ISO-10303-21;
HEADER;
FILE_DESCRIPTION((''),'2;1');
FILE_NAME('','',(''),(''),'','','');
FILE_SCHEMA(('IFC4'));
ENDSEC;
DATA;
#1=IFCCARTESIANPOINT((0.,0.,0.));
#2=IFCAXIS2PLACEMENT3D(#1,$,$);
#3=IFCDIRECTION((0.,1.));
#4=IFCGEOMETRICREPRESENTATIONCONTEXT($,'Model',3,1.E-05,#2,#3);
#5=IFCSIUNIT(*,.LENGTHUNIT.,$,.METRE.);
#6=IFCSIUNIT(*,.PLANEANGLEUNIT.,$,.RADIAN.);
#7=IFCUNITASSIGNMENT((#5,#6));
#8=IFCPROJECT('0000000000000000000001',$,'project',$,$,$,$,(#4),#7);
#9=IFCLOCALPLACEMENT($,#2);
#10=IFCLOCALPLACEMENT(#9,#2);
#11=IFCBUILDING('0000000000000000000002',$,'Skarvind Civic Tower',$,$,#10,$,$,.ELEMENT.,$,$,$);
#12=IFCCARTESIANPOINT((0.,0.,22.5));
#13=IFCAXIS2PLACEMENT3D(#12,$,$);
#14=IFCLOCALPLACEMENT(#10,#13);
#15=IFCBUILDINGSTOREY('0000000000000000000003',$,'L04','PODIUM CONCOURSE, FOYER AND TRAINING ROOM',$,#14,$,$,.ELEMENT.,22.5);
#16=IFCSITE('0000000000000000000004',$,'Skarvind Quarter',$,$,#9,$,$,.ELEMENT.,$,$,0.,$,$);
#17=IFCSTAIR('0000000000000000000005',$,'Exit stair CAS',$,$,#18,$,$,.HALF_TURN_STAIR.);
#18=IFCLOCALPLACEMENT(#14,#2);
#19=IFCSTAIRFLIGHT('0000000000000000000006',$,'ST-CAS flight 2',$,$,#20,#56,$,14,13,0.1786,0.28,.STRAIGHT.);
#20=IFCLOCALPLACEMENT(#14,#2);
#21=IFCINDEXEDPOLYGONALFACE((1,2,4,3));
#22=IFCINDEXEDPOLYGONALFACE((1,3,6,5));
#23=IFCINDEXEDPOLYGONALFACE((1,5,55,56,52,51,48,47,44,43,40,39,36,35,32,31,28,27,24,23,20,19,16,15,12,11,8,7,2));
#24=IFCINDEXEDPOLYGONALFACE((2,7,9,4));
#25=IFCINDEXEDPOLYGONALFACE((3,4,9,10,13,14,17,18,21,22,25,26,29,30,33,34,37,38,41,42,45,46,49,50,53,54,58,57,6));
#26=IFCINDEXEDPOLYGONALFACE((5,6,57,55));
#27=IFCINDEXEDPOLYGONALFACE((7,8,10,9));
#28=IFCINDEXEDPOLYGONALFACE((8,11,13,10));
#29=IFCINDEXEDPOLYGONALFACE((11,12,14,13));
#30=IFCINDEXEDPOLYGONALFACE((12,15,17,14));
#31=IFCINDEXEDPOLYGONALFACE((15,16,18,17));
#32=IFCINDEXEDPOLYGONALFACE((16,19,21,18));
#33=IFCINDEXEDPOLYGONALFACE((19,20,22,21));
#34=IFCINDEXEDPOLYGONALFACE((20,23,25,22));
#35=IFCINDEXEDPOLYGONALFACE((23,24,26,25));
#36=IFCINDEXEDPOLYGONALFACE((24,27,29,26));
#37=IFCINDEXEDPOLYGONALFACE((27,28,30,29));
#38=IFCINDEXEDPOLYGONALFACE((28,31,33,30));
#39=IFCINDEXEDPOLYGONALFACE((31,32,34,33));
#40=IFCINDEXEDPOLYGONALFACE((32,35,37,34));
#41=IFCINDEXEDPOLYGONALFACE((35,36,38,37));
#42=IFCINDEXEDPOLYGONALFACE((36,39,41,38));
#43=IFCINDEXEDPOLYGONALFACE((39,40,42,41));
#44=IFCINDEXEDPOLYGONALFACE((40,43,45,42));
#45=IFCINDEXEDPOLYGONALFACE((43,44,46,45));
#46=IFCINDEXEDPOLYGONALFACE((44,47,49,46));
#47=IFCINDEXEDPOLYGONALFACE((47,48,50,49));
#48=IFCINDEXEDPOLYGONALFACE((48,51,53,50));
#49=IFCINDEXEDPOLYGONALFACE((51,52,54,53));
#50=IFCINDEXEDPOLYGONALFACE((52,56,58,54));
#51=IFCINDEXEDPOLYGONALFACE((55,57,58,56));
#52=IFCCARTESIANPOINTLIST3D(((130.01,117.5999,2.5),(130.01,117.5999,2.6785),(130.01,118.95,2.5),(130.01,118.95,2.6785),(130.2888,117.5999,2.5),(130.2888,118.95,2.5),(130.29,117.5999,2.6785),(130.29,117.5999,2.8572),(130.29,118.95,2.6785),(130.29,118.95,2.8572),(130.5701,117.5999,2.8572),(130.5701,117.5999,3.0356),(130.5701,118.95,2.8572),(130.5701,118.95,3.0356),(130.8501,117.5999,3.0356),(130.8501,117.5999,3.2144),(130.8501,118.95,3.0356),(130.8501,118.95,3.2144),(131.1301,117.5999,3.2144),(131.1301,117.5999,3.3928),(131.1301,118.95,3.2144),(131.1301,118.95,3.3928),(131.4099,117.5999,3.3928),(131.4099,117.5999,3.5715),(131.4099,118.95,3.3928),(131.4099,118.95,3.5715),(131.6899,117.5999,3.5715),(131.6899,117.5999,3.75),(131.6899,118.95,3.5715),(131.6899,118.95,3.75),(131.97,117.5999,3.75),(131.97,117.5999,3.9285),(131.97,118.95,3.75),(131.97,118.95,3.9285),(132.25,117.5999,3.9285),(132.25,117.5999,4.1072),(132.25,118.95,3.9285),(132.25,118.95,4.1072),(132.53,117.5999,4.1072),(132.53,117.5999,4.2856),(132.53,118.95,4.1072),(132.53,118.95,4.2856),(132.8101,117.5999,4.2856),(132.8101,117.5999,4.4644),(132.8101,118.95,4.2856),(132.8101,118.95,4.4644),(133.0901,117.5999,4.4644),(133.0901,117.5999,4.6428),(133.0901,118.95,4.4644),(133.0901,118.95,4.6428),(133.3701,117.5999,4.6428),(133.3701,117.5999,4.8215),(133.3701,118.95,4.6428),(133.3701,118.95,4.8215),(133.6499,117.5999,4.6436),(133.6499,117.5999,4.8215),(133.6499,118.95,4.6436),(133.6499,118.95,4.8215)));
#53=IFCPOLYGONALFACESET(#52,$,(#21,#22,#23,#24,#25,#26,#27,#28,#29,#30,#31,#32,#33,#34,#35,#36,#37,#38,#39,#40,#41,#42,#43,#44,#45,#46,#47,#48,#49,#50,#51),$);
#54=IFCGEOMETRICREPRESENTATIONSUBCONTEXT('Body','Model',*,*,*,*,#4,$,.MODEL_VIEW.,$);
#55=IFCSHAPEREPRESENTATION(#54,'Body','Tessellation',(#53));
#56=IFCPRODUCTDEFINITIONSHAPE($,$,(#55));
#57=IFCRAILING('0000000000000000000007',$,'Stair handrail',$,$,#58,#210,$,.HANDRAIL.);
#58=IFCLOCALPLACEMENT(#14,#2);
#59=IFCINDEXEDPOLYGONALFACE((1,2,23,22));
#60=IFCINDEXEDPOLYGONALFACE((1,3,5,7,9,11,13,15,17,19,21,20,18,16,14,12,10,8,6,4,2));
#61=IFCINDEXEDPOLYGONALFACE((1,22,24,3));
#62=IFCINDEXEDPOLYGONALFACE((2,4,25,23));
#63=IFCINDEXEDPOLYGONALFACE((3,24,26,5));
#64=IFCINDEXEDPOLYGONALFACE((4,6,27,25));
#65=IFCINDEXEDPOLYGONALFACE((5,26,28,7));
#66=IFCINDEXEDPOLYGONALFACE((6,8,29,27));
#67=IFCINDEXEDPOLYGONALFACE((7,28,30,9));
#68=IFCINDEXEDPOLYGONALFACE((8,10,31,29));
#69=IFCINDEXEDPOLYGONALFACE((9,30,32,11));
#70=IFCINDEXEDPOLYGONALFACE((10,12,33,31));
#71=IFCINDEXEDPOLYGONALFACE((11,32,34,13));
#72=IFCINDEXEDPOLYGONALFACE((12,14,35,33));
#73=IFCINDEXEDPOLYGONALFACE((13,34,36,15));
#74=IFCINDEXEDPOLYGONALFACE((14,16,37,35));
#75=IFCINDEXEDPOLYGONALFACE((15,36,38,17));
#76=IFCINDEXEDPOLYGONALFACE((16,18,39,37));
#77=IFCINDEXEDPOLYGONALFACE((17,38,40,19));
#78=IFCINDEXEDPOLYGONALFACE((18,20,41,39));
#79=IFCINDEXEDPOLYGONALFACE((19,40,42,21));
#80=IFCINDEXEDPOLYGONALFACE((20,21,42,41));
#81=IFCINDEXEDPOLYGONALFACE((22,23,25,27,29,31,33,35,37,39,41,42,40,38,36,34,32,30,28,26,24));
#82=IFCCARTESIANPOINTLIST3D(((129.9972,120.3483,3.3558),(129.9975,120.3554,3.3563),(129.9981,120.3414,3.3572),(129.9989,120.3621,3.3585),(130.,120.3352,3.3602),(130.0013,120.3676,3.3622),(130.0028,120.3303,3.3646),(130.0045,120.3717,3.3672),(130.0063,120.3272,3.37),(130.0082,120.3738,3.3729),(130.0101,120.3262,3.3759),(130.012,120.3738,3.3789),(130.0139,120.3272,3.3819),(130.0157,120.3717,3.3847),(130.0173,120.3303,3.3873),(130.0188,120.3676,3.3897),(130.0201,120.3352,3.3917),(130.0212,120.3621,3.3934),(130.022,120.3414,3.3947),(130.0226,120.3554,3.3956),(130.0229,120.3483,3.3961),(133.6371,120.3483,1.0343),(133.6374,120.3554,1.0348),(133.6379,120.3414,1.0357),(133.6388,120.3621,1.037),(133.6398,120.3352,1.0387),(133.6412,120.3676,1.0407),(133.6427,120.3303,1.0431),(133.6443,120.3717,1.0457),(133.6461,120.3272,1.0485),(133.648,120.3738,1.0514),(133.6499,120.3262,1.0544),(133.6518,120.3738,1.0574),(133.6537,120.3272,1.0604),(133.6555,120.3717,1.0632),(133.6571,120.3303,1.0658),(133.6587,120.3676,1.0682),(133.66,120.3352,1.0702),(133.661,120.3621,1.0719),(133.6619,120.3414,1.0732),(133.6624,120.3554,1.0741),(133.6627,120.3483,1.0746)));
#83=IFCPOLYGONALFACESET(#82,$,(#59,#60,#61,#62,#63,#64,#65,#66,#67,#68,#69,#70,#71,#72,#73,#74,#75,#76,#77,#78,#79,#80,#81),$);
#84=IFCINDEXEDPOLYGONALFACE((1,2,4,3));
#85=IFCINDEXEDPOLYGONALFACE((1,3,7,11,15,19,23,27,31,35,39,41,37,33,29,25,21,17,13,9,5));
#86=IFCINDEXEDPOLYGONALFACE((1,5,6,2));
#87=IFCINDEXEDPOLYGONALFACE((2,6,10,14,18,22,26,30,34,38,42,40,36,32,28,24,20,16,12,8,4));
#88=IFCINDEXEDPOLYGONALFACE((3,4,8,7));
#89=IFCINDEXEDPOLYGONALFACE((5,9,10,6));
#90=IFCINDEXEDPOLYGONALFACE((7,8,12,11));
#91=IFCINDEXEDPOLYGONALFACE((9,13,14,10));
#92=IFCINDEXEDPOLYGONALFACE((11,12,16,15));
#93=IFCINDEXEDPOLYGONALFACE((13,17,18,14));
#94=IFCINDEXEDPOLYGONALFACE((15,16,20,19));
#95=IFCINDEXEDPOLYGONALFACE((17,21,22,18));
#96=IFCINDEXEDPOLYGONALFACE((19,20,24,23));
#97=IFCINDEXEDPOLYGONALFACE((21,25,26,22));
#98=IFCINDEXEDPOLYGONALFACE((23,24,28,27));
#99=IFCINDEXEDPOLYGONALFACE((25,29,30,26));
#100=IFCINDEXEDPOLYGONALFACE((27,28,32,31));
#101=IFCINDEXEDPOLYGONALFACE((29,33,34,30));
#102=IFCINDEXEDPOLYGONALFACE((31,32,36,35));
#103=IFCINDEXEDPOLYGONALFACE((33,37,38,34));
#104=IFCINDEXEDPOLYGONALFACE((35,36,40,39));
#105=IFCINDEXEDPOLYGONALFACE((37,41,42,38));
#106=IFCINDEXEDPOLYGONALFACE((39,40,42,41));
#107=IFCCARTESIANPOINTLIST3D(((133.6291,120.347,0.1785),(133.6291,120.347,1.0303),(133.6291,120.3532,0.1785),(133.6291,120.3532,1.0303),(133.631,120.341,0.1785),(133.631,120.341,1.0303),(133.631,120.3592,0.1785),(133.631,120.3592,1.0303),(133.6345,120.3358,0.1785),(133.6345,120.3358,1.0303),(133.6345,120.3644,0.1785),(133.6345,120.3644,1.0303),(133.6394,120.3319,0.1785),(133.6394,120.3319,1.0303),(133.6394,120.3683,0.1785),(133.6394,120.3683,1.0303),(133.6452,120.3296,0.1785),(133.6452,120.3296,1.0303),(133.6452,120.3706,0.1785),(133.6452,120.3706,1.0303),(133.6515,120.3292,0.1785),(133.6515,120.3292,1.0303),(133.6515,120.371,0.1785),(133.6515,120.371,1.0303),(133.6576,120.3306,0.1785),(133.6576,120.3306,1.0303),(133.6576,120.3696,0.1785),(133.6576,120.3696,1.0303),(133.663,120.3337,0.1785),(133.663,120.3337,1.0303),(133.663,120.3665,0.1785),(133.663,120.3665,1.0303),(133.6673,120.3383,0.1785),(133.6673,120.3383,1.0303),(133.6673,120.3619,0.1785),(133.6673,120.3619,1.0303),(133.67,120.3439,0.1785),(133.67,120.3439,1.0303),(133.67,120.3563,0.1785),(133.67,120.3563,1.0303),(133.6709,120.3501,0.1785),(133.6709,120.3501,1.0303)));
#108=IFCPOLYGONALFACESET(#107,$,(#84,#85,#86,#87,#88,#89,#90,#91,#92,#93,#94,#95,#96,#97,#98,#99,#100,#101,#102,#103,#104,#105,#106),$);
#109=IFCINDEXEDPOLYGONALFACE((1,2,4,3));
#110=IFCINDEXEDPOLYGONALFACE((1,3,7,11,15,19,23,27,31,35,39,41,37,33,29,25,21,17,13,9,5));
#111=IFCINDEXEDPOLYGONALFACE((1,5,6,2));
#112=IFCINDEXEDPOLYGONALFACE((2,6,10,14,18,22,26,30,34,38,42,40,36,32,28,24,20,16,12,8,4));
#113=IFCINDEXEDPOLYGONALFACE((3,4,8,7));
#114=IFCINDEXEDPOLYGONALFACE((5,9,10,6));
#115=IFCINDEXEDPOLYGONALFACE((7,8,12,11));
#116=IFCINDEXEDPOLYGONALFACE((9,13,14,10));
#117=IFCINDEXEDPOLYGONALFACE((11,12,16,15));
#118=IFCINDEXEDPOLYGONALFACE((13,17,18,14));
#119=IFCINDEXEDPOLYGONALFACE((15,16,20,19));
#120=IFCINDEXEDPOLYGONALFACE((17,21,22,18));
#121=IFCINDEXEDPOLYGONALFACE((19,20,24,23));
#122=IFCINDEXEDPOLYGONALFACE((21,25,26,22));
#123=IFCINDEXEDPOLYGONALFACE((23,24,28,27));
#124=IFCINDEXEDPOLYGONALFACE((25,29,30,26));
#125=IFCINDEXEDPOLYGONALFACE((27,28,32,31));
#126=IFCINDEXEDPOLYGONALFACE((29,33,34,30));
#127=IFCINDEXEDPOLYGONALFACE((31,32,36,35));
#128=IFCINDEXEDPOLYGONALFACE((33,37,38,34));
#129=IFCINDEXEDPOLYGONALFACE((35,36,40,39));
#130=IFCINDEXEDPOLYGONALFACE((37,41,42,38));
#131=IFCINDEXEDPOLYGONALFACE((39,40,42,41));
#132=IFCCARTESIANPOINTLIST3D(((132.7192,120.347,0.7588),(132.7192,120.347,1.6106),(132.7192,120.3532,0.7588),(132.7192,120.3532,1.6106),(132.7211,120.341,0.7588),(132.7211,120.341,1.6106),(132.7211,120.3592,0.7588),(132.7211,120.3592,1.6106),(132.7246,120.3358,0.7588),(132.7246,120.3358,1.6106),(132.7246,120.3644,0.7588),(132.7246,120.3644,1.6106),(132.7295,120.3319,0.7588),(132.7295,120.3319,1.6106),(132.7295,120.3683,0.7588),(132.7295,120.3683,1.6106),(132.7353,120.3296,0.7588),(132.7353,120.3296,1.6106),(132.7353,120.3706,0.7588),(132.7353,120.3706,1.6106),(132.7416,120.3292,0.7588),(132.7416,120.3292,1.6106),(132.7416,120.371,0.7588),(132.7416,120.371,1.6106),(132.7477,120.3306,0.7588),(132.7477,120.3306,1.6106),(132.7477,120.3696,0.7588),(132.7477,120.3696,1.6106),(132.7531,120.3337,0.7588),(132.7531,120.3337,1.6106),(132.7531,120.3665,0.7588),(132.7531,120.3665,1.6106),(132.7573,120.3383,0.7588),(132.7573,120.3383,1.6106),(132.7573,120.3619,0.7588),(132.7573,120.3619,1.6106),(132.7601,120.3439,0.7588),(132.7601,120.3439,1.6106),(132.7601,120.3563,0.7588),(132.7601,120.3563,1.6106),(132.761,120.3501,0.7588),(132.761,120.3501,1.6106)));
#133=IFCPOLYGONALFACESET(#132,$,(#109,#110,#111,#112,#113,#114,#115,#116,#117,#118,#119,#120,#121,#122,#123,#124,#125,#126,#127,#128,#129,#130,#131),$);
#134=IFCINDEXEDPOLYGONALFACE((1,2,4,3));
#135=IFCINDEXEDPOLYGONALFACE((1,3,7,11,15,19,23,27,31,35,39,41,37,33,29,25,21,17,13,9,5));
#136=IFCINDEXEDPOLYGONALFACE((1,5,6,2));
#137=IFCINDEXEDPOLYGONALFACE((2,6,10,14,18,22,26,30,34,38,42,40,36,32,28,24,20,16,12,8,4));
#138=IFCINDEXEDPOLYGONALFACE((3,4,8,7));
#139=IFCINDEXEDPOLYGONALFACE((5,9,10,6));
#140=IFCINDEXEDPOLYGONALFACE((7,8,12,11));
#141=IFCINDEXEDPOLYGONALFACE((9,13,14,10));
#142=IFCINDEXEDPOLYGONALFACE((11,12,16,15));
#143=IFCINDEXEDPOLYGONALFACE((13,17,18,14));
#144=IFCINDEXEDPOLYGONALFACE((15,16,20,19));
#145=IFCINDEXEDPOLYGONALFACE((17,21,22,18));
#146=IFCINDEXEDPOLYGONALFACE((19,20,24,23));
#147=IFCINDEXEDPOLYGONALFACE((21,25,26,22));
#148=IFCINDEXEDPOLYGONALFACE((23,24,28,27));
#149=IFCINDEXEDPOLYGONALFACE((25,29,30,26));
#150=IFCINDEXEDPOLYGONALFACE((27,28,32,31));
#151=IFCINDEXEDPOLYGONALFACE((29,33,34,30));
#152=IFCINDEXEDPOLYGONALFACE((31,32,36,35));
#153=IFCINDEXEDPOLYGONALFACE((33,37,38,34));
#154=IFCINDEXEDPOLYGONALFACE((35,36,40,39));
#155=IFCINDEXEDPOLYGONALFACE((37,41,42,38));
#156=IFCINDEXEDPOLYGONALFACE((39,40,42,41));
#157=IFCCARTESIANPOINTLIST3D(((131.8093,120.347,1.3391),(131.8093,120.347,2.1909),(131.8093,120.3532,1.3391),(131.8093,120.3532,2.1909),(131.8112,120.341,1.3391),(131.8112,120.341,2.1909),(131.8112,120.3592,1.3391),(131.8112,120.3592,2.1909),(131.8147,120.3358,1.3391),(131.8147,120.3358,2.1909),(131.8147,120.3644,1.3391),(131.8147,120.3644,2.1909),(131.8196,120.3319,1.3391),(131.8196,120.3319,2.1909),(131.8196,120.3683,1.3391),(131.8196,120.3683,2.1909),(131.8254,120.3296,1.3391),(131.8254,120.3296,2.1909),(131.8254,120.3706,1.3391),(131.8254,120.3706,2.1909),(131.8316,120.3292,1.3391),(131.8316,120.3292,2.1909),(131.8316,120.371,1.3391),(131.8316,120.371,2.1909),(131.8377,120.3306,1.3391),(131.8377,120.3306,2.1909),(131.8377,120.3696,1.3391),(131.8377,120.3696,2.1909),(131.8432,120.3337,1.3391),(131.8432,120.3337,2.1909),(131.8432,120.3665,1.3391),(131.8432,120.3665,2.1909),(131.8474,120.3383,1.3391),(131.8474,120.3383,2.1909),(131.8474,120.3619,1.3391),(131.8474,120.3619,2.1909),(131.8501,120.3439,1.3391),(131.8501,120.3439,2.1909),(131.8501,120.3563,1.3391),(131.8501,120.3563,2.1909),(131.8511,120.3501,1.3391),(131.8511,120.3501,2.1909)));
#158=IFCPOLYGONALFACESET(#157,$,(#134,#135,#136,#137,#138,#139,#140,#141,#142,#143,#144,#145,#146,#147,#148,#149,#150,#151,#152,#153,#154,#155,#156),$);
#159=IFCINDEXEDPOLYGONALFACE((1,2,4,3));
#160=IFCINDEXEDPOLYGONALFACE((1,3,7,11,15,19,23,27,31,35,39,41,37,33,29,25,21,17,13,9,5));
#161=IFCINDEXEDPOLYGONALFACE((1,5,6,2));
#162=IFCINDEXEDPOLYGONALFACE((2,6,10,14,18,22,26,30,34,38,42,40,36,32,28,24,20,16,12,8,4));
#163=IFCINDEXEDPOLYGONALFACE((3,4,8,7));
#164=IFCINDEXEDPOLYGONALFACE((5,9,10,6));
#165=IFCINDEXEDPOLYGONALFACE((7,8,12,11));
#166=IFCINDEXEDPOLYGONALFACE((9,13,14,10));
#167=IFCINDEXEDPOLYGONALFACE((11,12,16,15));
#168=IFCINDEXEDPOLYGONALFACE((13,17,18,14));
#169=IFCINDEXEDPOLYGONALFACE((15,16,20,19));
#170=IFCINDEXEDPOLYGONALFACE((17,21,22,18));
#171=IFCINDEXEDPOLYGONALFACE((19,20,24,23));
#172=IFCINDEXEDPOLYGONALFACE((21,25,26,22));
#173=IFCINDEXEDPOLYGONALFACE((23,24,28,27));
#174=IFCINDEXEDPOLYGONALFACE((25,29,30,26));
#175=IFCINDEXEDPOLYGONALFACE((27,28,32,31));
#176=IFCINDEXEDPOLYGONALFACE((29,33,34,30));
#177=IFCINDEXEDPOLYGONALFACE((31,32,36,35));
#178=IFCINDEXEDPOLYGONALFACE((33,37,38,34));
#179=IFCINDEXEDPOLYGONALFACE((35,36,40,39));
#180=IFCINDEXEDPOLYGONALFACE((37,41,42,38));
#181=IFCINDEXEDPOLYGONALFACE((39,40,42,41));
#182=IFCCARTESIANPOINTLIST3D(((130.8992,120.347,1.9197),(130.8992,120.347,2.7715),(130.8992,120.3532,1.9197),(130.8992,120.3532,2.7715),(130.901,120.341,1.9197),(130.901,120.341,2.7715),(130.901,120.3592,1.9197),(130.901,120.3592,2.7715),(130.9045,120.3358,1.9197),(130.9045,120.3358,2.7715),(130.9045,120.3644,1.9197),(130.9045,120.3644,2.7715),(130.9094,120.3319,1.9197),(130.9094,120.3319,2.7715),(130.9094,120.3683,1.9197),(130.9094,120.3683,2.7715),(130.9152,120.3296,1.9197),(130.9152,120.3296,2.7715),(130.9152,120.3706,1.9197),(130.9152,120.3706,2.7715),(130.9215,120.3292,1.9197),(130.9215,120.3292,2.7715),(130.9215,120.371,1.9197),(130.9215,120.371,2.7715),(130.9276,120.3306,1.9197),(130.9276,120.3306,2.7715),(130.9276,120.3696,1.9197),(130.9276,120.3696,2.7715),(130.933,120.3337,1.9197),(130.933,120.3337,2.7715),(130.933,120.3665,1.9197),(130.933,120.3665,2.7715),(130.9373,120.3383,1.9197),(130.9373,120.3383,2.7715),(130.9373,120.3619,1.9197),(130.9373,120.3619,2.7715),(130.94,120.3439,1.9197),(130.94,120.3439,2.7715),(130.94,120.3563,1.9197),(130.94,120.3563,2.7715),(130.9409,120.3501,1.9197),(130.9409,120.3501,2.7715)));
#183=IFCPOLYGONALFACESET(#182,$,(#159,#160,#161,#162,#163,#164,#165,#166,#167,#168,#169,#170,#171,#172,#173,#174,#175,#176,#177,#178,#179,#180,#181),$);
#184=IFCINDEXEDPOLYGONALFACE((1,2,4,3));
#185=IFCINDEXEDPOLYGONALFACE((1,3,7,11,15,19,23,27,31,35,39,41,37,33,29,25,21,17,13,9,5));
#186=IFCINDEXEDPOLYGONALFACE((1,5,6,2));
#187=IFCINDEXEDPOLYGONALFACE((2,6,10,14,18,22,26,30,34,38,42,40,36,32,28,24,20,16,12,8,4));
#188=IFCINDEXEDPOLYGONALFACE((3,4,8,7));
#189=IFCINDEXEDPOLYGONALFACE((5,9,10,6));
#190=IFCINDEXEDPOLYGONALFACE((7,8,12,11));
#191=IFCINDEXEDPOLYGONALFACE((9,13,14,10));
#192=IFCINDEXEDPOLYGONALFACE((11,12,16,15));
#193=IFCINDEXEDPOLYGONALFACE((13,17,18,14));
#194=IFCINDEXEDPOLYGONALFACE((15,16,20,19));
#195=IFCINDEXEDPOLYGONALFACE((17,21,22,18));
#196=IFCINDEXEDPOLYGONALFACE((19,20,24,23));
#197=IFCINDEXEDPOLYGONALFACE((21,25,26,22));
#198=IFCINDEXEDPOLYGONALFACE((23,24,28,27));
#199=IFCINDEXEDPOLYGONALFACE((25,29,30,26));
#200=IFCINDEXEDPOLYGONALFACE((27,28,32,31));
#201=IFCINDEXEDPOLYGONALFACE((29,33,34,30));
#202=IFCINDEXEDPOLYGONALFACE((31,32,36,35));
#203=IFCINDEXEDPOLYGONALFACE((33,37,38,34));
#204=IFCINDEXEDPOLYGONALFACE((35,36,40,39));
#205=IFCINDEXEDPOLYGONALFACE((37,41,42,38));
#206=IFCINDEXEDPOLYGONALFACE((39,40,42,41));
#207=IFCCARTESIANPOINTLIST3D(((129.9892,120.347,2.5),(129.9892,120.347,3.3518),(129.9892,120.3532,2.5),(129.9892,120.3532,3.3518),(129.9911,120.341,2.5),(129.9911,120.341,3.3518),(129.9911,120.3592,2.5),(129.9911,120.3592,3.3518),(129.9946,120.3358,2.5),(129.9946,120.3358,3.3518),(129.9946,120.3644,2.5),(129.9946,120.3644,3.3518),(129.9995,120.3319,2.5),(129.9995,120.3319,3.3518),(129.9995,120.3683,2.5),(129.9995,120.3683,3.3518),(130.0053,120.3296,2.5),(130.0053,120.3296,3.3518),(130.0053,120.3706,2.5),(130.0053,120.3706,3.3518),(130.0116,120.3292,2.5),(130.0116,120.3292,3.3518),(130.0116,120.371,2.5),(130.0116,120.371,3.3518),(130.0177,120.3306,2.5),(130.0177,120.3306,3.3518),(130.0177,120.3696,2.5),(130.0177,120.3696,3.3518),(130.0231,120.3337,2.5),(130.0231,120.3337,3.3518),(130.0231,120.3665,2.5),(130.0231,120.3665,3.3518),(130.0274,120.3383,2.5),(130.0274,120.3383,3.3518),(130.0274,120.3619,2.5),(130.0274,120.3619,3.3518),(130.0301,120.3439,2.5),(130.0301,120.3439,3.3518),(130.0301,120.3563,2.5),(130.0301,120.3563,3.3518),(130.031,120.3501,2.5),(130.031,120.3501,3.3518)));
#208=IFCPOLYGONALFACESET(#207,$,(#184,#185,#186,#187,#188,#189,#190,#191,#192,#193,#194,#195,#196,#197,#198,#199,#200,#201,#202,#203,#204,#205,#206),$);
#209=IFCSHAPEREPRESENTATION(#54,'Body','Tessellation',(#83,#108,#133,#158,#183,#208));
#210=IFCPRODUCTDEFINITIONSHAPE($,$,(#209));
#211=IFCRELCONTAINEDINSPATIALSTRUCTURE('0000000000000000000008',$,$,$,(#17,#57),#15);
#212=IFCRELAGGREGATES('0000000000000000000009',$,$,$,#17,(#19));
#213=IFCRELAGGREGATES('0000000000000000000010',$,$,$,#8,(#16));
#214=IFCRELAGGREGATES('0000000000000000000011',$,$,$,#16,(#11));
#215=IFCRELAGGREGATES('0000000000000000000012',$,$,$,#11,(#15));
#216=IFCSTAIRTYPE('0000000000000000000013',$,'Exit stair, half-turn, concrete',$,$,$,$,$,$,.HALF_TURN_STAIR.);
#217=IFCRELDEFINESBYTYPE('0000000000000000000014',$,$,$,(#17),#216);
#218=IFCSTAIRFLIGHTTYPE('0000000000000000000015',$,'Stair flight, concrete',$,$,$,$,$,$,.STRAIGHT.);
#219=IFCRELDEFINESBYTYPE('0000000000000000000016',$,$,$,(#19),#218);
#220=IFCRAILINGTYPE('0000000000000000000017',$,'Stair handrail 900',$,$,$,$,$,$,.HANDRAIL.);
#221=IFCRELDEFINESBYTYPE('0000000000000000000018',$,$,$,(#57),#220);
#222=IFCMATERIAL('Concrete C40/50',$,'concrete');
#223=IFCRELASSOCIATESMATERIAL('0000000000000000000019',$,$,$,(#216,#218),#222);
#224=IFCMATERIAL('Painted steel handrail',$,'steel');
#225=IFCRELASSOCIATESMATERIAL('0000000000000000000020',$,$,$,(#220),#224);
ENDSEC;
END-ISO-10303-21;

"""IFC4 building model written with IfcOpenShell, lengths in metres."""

from ifc_helpers import new_model, si_unit, direction, frame, origin, origin_2d, place, context, subcontext, project, spatial, polyline, circle, outline, extrude, material, type_object, element, aggregate, save


model = new_model("IFC4")

# Units and contexts
model_context = context("Model", 3, precision=1e-05, world=origin(), true_north=direction((0.0, 1.0)))
body_context = subcontext(model_context, "Body", "Model", "MODEL_VIEW")
ifc_project = project(units=[si_unit("LENGTHUNIT", "METRE"), si_unit("PLANEANGLEUNIT", "RADIAN")], contexts=[model_context])

# Site, building, storey
site_placement = place(None, origin())
site = spatial("IfcSite", under=ifc_project, at=site_placement, Name="Skarvind Quarter", CompositionType="ELEMENT", RefElevation=0.0)
building_placement = place(site_placement, origin())
building = spatial("IfcBuilding", under=site, at=building_placement, Name="Skarvind Civic Tower", CompositionType="ELEMENT")
storey_placement = place(building_placement, frame((0.0, 0.0, 22.5)))
storey = spatial("IfcBuildingStorey", under=building, at=storey_placement, Name="L04", Description="PODIUM CONCOURSE, FOYER AND TRAINING ROOM", CompositionType="ELEMENT", Elevation=22.5)

# Stair, stair flight
ifc_material_1 = material(Name="Concrete C40/50", Category="concrete")
stair_type = type_object("IfcStairType", Name="Exit stair, half-turn, concrete", PredefinedType="HALF_TURN_STAIR", material=ifc_material_1)
stair_placement = place(storey_placement, origin())
stair = element("IfcStair", 1, at=stair_placement, inside=storey, type_object=stair_type, Name="Exit stair CAS", PredefinedType="HALF_TURN_STAIR")
stair_flight_type = type_object("IfcStairFlightType", Name="Stair flight, concrete", PredefinedType="STRAIGHT", material=ifc_material_1)
stair_flight_1_placement = place(storey_placement, frame((130.01, 118.2749, 2.5), z_axis=(0.0, 0.0, 1.0), x_axis=(1.0, 0.0, 0.0)))
stair_flight_1 = element("IfcStairFlight", 2, at=stair_flight_1_placement, type_object=stair_flight_type, Name="ST-CAS flight 2", NumberOfRisers=14, NumberOfTreads=13, PredefinedType="STRAIGHT", RiserHeight=0.1786, TreadLength=0.28, context=body_context, shape_type="SweptSolid", body=[
    extrude(outline(polyline([(0.0, 0.0), (0.0, 0.1785), (0.28, 0.1785), (0.28, 0.3572), (0.5601, 0.3572), (0.5601, 0.5356), (0.8401, 0.5356), (0.8401, 0.7144), (1.1201, 0.7144), (1.1201, 0.8928), (1.3999, 0.8928), (1.3999, 1.0715), (1.6799, 1.0715), (1.6799, 1.25), (1.96, 1.25), (1.96, 1.4285), (2.24, 1.4285), (2.24, 1.6072), (2.52, 1.6072), (2.52, 1.7856), (2.8, 1.7856), (2.8, 1.9644), (3.0801, 1.9644), (3.0801, 2.1428), (3.3601, 2.1428), (3.3601, 2.3215), (3.6399, 2.3215), (3.6399, 2.5), (3.6399, 2.1436), (0.2788, 0.0), (0.0, 0.0)])), frame((0.0, 0.675, 0.0), z_axis=(0.0, -1.0, 0.0), x_axis=(1.0, 0.0, 0.0)), (0.0, 0.0, 1.0), 1.3501),
])
aggregate(stair, [stair_flight_1])

# Railing
ifc_material_2 = material(Name="Painted steel handrail", Category="steel")
railing_type = type_object("IfcRailingType", Name="Stair handrail 900", PredefinedType="HANDRAIL", material=ifc_material_2)
railing_1_placement = place(storey_placement, frame((133.6499, 120.3501, 0.1785)))
element("IfcRailing", 3, at=railing_1_placement, inside=storey, type_object=railing_type, Name="Stair handrail", PredefinedType="HANDRAIL", context=body_context, shape_type="SweptSolid", body=[
    extrude(circle(Radius=0.0239, at=origin_2d()), frame((0.0, 0.0, 0.876), z_axis=(-0.843112, 0.0, 0.537739), x_axis=(0.0, -1.0, 0.0)), (0.0, 0.0, 1.0), 4.3171),
    extrude(circle(Radius=0.021, at=origin_2d()), origin(), (0.0, 0.0, 1.0), 0.8518),
    extrude(circle(Radius=0.021, at=origin_2d()), frame((-0.9099, 0.0, 0.5803)), (0.0, 0.0, 1.0), 0.8518),
    extrude(circle(Radius=0.021, at=origin_2d()), frame((-1.8198, 0.0, 1.1606)), (0.0, 0.0, 1.0), 0.8518),
    extrude(circle(Radius=0.021, at=origin_2d()), frame((-2.73, 0.0, 1.7412)), (0.0, 0.0, 1.0), 0.8518),
    extrude(circle(Radius=0.021, at=origin_2d()), frame((-3.6399, 0.0, 2.3215)), (0.0, 0.0, 1.0), 0.8518),
])

save(model, "model.ifc")
